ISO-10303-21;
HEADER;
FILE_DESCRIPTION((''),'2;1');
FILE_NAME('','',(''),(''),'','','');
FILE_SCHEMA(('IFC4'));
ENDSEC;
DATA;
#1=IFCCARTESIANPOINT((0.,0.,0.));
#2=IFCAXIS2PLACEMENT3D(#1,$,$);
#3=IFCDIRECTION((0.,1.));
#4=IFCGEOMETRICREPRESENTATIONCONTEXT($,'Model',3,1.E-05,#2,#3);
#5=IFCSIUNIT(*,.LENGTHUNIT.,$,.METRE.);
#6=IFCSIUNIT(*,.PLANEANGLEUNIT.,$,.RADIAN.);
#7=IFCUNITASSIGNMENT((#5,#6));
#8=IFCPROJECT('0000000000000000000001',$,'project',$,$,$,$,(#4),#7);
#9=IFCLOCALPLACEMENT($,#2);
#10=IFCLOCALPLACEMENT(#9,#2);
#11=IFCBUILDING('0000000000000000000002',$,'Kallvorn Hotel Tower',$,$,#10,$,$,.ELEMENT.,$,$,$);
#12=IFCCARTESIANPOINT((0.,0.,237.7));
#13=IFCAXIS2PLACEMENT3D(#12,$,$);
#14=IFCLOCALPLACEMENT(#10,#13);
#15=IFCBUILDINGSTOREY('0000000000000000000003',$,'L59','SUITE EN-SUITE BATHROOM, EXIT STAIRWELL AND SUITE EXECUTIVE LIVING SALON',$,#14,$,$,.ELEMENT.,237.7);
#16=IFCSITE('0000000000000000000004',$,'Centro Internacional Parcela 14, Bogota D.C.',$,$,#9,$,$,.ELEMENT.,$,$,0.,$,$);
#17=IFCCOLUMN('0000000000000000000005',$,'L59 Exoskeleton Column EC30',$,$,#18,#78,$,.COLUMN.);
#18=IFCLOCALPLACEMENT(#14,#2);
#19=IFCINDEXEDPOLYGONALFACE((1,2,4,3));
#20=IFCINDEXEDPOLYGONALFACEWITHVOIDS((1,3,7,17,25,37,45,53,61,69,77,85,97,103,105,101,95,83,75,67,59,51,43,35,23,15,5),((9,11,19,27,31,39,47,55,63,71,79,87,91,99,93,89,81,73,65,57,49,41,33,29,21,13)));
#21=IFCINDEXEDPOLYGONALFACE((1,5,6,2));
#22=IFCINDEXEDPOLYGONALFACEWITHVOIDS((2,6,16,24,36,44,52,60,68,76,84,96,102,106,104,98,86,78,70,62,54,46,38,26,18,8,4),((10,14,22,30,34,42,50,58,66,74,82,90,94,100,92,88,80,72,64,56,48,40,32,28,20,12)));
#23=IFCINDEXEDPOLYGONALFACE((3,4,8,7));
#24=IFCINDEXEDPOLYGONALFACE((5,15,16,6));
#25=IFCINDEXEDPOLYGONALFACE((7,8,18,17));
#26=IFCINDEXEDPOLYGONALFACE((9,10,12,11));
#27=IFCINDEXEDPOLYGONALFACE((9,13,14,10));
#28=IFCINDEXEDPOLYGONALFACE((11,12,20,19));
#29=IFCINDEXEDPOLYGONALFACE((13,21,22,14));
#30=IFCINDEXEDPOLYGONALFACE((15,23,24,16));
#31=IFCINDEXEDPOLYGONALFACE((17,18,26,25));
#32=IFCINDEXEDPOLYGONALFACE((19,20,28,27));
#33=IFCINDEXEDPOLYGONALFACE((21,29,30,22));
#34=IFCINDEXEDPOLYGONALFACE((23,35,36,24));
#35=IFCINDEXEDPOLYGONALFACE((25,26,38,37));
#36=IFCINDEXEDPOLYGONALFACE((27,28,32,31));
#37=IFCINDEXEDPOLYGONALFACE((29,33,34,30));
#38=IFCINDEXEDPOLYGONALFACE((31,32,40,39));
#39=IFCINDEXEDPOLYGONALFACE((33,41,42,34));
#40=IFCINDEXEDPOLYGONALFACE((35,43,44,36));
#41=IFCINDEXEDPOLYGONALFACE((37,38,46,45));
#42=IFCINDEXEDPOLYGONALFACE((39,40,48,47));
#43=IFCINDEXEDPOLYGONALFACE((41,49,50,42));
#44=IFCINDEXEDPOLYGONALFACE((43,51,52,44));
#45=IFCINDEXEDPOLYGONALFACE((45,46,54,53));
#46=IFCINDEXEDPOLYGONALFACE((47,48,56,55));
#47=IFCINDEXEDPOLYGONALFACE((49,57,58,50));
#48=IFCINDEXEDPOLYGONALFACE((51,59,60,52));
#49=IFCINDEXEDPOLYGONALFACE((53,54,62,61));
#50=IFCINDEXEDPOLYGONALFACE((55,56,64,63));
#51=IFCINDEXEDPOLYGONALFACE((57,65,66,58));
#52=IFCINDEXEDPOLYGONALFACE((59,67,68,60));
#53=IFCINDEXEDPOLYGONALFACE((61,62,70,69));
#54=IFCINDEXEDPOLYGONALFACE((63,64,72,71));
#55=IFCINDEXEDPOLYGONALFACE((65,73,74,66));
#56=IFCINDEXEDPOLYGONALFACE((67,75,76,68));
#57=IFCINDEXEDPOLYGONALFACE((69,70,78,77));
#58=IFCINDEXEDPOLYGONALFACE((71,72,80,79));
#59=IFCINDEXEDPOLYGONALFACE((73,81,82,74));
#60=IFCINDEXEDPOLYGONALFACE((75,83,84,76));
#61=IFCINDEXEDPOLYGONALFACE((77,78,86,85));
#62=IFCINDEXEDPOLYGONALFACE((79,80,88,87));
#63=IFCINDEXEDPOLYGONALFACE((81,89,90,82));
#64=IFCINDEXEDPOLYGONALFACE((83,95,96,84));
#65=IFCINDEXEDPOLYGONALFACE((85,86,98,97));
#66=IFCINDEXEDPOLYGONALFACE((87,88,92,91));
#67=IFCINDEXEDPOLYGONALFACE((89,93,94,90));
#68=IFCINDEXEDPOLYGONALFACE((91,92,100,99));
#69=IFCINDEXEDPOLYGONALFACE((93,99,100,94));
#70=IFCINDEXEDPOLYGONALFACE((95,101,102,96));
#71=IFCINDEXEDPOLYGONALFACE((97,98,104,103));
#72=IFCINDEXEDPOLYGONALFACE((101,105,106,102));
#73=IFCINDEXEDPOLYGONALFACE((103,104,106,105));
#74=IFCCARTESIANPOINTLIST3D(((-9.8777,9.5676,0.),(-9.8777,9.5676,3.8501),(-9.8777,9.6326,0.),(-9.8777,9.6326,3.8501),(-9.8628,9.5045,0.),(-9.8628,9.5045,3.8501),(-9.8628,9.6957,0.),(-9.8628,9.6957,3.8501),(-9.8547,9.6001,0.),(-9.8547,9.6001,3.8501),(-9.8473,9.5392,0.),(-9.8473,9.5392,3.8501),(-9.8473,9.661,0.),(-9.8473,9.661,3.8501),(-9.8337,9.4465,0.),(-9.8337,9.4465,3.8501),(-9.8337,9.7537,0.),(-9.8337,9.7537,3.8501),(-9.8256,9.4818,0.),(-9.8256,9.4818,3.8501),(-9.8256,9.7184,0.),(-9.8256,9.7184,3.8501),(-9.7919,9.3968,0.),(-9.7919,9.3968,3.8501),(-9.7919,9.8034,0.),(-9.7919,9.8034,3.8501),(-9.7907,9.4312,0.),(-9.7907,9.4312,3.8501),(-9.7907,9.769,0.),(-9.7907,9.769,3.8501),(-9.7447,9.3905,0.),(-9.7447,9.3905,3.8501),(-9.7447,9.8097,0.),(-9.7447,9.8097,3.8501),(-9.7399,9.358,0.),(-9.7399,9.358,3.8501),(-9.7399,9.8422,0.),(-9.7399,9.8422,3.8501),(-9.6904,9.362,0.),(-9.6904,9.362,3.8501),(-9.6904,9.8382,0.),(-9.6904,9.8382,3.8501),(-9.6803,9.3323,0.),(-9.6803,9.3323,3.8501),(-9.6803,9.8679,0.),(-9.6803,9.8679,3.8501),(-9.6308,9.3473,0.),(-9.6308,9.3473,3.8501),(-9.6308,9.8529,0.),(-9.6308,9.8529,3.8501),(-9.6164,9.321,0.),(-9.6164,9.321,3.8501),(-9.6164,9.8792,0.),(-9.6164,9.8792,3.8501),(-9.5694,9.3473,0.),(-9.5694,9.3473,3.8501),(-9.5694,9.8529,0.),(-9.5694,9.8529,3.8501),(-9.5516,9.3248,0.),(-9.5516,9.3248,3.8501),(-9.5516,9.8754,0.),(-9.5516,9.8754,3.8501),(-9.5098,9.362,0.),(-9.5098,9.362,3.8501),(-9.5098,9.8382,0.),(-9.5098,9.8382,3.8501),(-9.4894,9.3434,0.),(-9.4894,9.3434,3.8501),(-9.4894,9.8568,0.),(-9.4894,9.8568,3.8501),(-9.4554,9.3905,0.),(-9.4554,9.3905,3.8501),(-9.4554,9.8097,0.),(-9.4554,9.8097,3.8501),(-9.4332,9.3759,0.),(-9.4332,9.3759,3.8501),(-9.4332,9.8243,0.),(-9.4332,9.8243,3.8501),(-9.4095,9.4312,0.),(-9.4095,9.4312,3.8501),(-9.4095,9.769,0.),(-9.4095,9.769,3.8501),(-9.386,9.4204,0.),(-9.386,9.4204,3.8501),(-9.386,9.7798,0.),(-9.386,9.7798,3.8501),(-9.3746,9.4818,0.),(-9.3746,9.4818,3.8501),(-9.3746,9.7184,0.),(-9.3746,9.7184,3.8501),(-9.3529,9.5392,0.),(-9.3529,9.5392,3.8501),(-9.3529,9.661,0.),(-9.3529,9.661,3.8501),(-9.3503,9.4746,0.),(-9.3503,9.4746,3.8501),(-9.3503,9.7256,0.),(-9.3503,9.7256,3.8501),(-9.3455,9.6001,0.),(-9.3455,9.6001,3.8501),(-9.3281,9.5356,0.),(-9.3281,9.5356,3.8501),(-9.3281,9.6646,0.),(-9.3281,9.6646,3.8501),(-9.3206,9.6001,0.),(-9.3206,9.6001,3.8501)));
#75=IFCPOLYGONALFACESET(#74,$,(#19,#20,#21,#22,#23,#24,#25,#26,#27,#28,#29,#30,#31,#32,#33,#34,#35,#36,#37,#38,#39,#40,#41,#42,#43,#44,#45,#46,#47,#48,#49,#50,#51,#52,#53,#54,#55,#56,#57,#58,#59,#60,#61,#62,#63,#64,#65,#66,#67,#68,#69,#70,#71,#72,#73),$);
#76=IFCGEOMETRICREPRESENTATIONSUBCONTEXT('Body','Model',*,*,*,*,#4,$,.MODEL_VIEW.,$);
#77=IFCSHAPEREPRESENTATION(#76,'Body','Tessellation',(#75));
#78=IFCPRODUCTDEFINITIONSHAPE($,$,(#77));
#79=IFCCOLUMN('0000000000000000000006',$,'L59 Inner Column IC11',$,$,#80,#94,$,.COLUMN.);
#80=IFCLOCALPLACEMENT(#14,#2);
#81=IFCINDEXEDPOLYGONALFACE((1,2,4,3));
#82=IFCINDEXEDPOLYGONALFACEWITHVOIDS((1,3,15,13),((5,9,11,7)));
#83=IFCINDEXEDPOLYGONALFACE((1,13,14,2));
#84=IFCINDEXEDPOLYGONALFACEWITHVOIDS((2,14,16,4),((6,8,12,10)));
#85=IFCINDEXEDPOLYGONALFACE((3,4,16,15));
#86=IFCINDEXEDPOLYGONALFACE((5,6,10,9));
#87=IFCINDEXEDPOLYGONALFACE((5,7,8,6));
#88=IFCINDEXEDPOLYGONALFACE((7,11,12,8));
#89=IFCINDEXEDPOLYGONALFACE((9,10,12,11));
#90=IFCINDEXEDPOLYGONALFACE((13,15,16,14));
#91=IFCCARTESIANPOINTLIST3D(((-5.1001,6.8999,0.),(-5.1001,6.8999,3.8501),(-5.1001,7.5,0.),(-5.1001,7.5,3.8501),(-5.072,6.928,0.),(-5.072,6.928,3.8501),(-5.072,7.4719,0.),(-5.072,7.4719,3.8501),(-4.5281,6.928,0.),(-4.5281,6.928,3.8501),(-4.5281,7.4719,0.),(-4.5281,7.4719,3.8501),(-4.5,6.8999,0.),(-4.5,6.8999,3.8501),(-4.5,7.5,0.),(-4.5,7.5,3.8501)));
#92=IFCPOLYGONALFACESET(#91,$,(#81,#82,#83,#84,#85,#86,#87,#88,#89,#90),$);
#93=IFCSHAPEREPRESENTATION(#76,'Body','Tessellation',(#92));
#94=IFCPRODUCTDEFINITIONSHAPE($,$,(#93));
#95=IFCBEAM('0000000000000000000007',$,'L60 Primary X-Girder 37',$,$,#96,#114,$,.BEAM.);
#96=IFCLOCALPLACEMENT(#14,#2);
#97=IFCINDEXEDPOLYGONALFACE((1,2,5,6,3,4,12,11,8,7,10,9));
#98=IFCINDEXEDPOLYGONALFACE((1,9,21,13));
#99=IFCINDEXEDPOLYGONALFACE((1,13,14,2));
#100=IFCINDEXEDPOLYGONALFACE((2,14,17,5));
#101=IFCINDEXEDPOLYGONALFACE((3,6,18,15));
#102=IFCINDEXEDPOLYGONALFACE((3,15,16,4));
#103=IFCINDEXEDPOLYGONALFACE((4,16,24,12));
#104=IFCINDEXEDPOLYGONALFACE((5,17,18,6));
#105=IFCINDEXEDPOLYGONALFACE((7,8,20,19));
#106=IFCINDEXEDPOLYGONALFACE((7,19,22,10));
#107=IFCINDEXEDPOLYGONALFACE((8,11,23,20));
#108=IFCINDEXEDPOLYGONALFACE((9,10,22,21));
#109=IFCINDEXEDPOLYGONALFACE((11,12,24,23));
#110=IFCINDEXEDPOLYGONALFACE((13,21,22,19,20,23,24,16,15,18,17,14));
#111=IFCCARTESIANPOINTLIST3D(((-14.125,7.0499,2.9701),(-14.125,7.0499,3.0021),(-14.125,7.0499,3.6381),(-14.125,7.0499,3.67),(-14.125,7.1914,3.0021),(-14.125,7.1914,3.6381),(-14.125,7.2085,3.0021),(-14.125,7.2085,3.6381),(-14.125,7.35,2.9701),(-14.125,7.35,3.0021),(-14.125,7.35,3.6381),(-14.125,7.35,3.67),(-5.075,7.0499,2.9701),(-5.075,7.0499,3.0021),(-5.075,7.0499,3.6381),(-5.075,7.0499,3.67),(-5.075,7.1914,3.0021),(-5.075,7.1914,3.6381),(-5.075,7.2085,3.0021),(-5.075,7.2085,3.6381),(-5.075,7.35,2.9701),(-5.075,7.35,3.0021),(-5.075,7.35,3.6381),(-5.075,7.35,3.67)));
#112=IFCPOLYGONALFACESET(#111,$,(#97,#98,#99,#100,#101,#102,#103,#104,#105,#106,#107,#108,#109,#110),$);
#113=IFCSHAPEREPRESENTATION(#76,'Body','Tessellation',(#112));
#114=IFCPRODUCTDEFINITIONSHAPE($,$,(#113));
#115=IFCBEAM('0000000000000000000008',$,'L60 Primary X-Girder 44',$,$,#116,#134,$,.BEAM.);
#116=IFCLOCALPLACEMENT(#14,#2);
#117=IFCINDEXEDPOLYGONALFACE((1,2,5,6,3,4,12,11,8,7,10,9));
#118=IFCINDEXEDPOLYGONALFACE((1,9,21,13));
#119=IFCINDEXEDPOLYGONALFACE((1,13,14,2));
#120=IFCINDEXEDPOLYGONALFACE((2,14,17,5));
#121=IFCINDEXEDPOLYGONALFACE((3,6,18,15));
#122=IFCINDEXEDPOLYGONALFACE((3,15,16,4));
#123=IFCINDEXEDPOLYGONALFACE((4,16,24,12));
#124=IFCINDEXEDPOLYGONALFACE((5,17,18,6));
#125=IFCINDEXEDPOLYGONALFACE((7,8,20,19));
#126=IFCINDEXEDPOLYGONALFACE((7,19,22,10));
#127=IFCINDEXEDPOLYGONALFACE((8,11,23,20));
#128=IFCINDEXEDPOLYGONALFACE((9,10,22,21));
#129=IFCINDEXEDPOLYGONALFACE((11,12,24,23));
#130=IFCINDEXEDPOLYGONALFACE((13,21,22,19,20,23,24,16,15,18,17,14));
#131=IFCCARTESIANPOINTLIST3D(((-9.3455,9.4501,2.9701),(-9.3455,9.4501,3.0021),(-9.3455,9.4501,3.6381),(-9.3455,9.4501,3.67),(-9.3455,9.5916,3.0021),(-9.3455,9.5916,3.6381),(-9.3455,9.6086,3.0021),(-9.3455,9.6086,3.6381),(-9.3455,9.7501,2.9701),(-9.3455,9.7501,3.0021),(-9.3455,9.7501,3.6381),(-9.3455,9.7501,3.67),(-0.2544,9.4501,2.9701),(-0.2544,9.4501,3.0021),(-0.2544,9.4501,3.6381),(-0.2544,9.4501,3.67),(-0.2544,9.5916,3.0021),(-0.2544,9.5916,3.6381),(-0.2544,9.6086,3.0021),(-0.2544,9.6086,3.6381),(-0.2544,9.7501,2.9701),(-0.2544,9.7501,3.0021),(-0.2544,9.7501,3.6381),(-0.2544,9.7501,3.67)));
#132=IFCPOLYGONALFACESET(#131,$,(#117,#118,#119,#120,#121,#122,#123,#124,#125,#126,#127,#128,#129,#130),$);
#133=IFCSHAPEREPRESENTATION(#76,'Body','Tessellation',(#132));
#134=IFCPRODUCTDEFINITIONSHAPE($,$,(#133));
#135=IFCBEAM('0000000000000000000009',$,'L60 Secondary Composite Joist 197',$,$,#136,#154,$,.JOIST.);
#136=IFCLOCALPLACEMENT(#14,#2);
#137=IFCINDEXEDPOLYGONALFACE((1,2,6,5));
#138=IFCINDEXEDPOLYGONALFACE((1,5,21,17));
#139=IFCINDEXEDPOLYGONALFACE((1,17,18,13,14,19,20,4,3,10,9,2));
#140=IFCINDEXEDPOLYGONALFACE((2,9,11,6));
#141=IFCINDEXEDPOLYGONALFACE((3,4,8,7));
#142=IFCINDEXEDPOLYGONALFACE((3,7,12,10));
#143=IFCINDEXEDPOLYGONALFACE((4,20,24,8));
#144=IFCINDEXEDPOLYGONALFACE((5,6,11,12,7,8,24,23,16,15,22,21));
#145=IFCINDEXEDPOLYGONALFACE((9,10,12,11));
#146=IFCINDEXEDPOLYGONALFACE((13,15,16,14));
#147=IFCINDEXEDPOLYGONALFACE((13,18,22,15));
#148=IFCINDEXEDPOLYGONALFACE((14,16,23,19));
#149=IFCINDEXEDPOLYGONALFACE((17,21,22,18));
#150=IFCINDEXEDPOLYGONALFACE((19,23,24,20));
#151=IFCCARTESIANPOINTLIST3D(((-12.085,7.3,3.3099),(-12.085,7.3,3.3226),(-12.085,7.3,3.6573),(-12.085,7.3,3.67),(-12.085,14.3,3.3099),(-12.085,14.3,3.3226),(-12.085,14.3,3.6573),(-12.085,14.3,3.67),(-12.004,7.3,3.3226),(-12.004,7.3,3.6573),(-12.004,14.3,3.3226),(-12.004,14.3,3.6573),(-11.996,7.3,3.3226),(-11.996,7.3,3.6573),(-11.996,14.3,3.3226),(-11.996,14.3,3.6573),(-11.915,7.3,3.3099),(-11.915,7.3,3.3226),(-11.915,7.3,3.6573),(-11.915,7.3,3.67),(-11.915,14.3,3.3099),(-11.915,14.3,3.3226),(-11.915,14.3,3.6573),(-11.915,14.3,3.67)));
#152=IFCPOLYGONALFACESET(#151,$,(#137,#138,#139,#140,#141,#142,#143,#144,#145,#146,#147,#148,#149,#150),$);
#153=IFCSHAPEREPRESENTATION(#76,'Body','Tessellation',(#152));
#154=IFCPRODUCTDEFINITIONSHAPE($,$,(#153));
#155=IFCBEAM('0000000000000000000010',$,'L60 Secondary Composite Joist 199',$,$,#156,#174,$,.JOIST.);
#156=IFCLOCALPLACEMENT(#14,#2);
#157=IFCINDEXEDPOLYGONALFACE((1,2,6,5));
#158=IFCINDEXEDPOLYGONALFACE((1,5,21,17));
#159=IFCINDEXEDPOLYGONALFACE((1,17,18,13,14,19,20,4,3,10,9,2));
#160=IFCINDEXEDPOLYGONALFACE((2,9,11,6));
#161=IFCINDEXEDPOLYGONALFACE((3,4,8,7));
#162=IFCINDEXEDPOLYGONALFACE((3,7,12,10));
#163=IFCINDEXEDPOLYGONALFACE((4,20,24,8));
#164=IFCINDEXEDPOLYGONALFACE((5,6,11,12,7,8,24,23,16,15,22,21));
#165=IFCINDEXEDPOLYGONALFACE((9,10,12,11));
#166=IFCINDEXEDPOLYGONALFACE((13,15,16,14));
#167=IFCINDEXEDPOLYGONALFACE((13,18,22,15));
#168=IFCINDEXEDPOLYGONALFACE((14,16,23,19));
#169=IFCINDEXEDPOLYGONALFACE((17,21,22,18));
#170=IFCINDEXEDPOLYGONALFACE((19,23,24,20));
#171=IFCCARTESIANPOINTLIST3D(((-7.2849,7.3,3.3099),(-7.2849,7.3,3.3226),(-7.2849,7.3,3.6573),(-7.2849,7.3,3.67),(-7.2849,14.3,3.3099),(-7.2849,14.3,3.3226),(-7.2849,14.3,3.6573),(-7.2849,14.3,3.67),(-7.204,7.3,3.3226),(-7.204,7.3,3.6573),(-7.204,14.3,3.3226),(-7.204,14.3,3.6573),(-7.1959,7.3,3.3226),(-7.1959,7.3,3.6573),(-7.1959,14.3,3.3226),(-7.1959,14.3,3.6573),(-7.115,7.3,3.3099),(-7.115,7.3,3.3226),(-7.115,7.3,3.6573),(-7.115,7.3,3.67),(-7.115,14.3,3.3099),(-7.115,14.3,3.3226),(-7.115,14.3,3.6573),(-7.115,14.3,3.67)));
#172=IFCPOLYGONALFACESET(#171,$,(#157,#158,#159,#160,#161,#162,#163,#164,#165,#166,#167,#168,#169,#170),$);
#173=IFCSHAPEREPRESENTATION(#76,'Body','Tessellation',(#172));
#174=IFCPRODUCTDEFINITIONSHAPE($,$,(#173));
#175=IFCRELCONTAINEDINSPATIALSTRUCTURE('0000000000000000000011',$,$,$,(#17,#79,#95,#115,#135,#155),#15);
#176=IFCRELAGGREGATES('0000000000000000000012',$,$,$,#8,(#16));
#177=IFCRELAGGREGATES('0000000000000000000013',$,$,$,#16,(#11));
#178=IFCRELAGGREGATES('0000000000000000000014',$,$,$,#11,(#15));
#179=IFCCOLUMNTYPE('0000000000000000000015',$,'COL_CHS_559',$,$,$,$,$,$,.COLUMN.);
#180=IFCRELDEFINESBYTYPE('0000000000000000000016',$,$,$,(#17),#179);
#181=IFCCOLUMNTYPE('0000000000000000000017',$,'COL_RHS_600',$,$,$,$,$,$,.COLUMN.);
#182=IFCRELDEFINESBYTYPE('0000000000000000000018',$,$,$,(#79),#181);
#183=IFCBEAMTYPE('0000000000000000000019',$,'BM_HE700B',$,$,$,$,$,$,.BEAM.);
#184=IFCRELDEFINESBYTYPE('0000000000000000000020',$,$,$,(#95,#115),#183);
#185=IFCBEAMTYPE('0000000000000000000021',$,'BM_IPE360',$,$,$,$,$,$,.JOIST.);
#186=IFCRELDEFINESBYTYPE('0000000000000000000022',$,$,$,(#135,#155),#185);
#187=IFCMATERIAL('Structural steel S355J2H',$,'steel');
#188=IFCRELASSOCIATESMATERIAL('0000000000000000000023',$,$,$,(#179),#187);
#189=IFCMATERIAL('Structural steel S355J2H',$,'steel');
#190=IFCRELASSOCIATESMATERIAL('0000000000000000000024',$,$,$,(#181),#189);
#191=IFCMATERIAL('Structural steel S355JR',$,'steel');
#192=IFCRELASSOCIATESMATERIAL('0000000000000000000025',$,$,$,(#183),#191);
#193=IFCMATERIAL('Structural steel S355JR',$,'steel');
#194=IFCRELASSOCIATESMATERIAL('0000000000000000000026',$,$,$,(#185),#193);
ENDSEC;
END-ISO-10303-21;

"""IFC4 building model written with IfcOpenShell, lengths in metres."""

from ifc_helpers import new_model, si_unit, direction, frame, origin, origin_2d, place, context, subcontext, project, spatial, hollow_rectangle, hollow_circle, i_section, extrude, material, material_profile, profile_set, type_object, element, save


model = new_model("IFC4")

# Units and contexts
model_context = context("Model", 3, precision=1e-05, world=origin(), true_north=direction((0.0, 1.0)))
body_context = subcontext(model_context, "Body", "Model", "MODEL_VIEW")
ifc_project = project(units=[si_unit("LENGTHUNIT", "METRE"), si_unit("PLANEANGLEUNIT", "RADIAN")], contexts=[model_context])

# Site, building, storey
site_placement = place(None, origin())
site = spatial("IfcSite", under=ifc_project, at=site_placement, Name="Centro Internacional Parcela 14, Bogota D.C.", CompositionType="ELEMENT", RefElevation=0.0)
building_placement = place(site_placement, origin())
building = spatial("IfcBuilding", under=site, at=building_placement, Name="Kallvorn Hotel Tower", CompositionType="ELEMENT")
storey_placement = place(building_placement, frame((0.0, 0.0, 237.7)))
storey = spatial("IfcBuildingStorey", under=building, at=storey_placement, Name="L59", Description="SUITE EN-SUITE BATHROOM, EXIT STAIRWELL AND SUITE EXECUTIVE LIVING SALON", CompositionType="ELEMENT", Elevation=237.7)

# Columns
ifc_material_1 = material(Name="Structural steel S355J2H", Category="steel")
ifc_material_profile_1 = material_profile(ifc_material_1, hollow_circle(Radius=0.2795, WallThickness=0.0249, at=origin_2d()), Name="CHS 559x25")
ifc_profile_set_1 = profile_set([ifc_material_profile_1], Name="Structural steel S355J2H")
column_type_1 = type_object("IfcColumnType", Name="COL_CHS_559", PredefinedType="COLUMN", material=ifc_profile_set_1)
column_1_placement = place(storey_placement, frame((-9.6001, 9.6001, 0.0), z_axis=(0.0, 0.0, 1.0), x_axis=(1.0, 0.0, 0.0)))
element("IfcColumn", 1, at=column_1_placement, inside=storey, type_object=column_type_1, Name="L59 Exoskeleton Column EC30", PredefinedType="COLUMN", context=body_context, shape_type="SweptSolid", body=[
    extrude(hollow_circle(Radius=0.2795, WallThickness=0.0249, at=origin_2d()), origin(), (0.0, 0.0, 1.0), 3.8501),
])
ifc_material_2 = material(Name="Structural steel S355J2H", Category="steel")
ifc_material_profile_2 = material_profile(ifc_material_2, hollow_rectangle(XDim=0.6001, YDim=0.6001, WallThickness=0.0281, at=origin_2d()), Name="RHS 600x600x28")
ifc_profile_set_2 = profile_set([ifc_material_profile_2], Name="Structural steel S355J2H")
column_type_2 = type_object("IfcColumnType", Name="COL_RHS_600", PredefinedType="COLUMN", material=ifc_profile_set_2)
column_2_placement = place(storey_placement, frame((-4.8, 7.2, 0.0), z_axis=(0.0, 0.0, 1.0), x_axis=(1.0, 0.0, 0.0)))
element("IfcColumn", 2, at=column_2_placement, inside=storey, type_object=column_type_2, Name="L59 Inner Column IC11", PredefinedType="COLUMN", context=body_context, shape_type="SweptSolid", body=[
    extrude(hollow_rectangle(XDim=0.6001, YDim=0.6001, WallThickness=0.0281, at=origin_2d()), origin(), (0.0, 0.0, 1.0), 3.8501),
])

# Beams
ifc_material_3 = material(Name="Structural steel S355JR", Category="steel")
ifc_material_profile_3 = material_profile(ifc_material_3, i_section(OverallWidth=0.3, OverallDepth=0.7, WebThickness=0.0171, FlangeThickness=0.032, at=origin_2d()), Name="HE 700 B")
ifc_profile_set_3 = profile_set([ifc_material_profile_3], Name="Structural steel S355JR")
beam_type_1 = type_object("IfcBeamType", Name="BM_HE700B", PredefinedType="BEAM", material=ifc_profile_set_3)
beam_1_placement = place(storey_placement, frame((-14.125, 7.2, 3.3201), z_axis=(1.0, 0.0, 0.0), x_axis=(0.0, 1.0, 0.0)))
element("IfcBeam", 3, at=beam_1_placement, inside=storey, type_object=beam_type_1, Name="L60 Primary X-Girder 37", PredefinedType="BEAM", context=body_context, shape_type="SweptSolid", body=[
    extrude(i_section(OverallWidth=0.3, OverallDepth=0.7, WebThickness=0.0171, FlangeThickness=0.032, at=origin_2d()), origin(), (0.0, 0.0, 1.0), 9.05),
])
beam_2_placement = place(storey_placement, frame((-9.3455, 9.6001, 3.3201), z_axis=(1.0, 0.0, 0.0), x_axis=(0.0, 1.0, 0.0)))
element("IfcBeam", 4, at=beam_2_placement, inside=storey, type_object=beam_type_1, Name="L60 Primary X-Girder 44", PredefinedType="BEAM", context=body_context, shape_type="SweptSolid", body=[
    extrude(i_section(OverallWidth=0.3, OverallDepth=0.7, WebThickness=0.0171, FlangeThickness=0.032, at=origin_2d()), origin(), (0.0, 0.0, 1.0), 9.0911),
])
ifc_material_4 = material(Name="Structural steel S355JR", Category="steel")
ifc_material_profile_4 = material_profile(ifc_material_4, i_section(OverallWidth=0.1699, OverallDepth=0.3601, WebThickness=0.0081, FlangeThickness=0.0127, at=origin_2d()), Name="IPE 360")
ifc_profile_set_4 = profile_set([ifc_material_profile_4], Name="Structural steel S355JR")
beam_type_2 = type_object("IfcBeamType", Name="BM_IPE360", PredefinedType="JOIST", material=ifc_profile_set_4)
for number, where, z_axis, x_axis, name in (
    (5, (-12.0, 7.3, 3.49), (0.0, 1.0, 0.0), (-1.0, 0.0, 0.0), "L60 Secondary Composite Joist 197"),
    (6, (-7.2, 7.3, 3.49), (0.0, 1.0, 0.0), (-1.0, 0.0, 0.0), "L60 Secondary Composite Joist 199"),
):
    element("IfcBeam", number, at=place(storey_placement, frame(where, z_axis=z_axis, x_axis=x_axis)), inside=storey, type_object=beam_type_2, Name=name, PredefinedType="JOIST", context=body_context, shape_type="SweptSolid", body=[
        extrude(i_section(OverallWidth=0.1699, OverallDepth=0.3601, WebThickness=0.0081, FlangeThickness=0.0127, at=origin_2d()), origin(), (0.0, 0.0, 1.0), 7.0),
    ])

save(model, "model.ifc")
